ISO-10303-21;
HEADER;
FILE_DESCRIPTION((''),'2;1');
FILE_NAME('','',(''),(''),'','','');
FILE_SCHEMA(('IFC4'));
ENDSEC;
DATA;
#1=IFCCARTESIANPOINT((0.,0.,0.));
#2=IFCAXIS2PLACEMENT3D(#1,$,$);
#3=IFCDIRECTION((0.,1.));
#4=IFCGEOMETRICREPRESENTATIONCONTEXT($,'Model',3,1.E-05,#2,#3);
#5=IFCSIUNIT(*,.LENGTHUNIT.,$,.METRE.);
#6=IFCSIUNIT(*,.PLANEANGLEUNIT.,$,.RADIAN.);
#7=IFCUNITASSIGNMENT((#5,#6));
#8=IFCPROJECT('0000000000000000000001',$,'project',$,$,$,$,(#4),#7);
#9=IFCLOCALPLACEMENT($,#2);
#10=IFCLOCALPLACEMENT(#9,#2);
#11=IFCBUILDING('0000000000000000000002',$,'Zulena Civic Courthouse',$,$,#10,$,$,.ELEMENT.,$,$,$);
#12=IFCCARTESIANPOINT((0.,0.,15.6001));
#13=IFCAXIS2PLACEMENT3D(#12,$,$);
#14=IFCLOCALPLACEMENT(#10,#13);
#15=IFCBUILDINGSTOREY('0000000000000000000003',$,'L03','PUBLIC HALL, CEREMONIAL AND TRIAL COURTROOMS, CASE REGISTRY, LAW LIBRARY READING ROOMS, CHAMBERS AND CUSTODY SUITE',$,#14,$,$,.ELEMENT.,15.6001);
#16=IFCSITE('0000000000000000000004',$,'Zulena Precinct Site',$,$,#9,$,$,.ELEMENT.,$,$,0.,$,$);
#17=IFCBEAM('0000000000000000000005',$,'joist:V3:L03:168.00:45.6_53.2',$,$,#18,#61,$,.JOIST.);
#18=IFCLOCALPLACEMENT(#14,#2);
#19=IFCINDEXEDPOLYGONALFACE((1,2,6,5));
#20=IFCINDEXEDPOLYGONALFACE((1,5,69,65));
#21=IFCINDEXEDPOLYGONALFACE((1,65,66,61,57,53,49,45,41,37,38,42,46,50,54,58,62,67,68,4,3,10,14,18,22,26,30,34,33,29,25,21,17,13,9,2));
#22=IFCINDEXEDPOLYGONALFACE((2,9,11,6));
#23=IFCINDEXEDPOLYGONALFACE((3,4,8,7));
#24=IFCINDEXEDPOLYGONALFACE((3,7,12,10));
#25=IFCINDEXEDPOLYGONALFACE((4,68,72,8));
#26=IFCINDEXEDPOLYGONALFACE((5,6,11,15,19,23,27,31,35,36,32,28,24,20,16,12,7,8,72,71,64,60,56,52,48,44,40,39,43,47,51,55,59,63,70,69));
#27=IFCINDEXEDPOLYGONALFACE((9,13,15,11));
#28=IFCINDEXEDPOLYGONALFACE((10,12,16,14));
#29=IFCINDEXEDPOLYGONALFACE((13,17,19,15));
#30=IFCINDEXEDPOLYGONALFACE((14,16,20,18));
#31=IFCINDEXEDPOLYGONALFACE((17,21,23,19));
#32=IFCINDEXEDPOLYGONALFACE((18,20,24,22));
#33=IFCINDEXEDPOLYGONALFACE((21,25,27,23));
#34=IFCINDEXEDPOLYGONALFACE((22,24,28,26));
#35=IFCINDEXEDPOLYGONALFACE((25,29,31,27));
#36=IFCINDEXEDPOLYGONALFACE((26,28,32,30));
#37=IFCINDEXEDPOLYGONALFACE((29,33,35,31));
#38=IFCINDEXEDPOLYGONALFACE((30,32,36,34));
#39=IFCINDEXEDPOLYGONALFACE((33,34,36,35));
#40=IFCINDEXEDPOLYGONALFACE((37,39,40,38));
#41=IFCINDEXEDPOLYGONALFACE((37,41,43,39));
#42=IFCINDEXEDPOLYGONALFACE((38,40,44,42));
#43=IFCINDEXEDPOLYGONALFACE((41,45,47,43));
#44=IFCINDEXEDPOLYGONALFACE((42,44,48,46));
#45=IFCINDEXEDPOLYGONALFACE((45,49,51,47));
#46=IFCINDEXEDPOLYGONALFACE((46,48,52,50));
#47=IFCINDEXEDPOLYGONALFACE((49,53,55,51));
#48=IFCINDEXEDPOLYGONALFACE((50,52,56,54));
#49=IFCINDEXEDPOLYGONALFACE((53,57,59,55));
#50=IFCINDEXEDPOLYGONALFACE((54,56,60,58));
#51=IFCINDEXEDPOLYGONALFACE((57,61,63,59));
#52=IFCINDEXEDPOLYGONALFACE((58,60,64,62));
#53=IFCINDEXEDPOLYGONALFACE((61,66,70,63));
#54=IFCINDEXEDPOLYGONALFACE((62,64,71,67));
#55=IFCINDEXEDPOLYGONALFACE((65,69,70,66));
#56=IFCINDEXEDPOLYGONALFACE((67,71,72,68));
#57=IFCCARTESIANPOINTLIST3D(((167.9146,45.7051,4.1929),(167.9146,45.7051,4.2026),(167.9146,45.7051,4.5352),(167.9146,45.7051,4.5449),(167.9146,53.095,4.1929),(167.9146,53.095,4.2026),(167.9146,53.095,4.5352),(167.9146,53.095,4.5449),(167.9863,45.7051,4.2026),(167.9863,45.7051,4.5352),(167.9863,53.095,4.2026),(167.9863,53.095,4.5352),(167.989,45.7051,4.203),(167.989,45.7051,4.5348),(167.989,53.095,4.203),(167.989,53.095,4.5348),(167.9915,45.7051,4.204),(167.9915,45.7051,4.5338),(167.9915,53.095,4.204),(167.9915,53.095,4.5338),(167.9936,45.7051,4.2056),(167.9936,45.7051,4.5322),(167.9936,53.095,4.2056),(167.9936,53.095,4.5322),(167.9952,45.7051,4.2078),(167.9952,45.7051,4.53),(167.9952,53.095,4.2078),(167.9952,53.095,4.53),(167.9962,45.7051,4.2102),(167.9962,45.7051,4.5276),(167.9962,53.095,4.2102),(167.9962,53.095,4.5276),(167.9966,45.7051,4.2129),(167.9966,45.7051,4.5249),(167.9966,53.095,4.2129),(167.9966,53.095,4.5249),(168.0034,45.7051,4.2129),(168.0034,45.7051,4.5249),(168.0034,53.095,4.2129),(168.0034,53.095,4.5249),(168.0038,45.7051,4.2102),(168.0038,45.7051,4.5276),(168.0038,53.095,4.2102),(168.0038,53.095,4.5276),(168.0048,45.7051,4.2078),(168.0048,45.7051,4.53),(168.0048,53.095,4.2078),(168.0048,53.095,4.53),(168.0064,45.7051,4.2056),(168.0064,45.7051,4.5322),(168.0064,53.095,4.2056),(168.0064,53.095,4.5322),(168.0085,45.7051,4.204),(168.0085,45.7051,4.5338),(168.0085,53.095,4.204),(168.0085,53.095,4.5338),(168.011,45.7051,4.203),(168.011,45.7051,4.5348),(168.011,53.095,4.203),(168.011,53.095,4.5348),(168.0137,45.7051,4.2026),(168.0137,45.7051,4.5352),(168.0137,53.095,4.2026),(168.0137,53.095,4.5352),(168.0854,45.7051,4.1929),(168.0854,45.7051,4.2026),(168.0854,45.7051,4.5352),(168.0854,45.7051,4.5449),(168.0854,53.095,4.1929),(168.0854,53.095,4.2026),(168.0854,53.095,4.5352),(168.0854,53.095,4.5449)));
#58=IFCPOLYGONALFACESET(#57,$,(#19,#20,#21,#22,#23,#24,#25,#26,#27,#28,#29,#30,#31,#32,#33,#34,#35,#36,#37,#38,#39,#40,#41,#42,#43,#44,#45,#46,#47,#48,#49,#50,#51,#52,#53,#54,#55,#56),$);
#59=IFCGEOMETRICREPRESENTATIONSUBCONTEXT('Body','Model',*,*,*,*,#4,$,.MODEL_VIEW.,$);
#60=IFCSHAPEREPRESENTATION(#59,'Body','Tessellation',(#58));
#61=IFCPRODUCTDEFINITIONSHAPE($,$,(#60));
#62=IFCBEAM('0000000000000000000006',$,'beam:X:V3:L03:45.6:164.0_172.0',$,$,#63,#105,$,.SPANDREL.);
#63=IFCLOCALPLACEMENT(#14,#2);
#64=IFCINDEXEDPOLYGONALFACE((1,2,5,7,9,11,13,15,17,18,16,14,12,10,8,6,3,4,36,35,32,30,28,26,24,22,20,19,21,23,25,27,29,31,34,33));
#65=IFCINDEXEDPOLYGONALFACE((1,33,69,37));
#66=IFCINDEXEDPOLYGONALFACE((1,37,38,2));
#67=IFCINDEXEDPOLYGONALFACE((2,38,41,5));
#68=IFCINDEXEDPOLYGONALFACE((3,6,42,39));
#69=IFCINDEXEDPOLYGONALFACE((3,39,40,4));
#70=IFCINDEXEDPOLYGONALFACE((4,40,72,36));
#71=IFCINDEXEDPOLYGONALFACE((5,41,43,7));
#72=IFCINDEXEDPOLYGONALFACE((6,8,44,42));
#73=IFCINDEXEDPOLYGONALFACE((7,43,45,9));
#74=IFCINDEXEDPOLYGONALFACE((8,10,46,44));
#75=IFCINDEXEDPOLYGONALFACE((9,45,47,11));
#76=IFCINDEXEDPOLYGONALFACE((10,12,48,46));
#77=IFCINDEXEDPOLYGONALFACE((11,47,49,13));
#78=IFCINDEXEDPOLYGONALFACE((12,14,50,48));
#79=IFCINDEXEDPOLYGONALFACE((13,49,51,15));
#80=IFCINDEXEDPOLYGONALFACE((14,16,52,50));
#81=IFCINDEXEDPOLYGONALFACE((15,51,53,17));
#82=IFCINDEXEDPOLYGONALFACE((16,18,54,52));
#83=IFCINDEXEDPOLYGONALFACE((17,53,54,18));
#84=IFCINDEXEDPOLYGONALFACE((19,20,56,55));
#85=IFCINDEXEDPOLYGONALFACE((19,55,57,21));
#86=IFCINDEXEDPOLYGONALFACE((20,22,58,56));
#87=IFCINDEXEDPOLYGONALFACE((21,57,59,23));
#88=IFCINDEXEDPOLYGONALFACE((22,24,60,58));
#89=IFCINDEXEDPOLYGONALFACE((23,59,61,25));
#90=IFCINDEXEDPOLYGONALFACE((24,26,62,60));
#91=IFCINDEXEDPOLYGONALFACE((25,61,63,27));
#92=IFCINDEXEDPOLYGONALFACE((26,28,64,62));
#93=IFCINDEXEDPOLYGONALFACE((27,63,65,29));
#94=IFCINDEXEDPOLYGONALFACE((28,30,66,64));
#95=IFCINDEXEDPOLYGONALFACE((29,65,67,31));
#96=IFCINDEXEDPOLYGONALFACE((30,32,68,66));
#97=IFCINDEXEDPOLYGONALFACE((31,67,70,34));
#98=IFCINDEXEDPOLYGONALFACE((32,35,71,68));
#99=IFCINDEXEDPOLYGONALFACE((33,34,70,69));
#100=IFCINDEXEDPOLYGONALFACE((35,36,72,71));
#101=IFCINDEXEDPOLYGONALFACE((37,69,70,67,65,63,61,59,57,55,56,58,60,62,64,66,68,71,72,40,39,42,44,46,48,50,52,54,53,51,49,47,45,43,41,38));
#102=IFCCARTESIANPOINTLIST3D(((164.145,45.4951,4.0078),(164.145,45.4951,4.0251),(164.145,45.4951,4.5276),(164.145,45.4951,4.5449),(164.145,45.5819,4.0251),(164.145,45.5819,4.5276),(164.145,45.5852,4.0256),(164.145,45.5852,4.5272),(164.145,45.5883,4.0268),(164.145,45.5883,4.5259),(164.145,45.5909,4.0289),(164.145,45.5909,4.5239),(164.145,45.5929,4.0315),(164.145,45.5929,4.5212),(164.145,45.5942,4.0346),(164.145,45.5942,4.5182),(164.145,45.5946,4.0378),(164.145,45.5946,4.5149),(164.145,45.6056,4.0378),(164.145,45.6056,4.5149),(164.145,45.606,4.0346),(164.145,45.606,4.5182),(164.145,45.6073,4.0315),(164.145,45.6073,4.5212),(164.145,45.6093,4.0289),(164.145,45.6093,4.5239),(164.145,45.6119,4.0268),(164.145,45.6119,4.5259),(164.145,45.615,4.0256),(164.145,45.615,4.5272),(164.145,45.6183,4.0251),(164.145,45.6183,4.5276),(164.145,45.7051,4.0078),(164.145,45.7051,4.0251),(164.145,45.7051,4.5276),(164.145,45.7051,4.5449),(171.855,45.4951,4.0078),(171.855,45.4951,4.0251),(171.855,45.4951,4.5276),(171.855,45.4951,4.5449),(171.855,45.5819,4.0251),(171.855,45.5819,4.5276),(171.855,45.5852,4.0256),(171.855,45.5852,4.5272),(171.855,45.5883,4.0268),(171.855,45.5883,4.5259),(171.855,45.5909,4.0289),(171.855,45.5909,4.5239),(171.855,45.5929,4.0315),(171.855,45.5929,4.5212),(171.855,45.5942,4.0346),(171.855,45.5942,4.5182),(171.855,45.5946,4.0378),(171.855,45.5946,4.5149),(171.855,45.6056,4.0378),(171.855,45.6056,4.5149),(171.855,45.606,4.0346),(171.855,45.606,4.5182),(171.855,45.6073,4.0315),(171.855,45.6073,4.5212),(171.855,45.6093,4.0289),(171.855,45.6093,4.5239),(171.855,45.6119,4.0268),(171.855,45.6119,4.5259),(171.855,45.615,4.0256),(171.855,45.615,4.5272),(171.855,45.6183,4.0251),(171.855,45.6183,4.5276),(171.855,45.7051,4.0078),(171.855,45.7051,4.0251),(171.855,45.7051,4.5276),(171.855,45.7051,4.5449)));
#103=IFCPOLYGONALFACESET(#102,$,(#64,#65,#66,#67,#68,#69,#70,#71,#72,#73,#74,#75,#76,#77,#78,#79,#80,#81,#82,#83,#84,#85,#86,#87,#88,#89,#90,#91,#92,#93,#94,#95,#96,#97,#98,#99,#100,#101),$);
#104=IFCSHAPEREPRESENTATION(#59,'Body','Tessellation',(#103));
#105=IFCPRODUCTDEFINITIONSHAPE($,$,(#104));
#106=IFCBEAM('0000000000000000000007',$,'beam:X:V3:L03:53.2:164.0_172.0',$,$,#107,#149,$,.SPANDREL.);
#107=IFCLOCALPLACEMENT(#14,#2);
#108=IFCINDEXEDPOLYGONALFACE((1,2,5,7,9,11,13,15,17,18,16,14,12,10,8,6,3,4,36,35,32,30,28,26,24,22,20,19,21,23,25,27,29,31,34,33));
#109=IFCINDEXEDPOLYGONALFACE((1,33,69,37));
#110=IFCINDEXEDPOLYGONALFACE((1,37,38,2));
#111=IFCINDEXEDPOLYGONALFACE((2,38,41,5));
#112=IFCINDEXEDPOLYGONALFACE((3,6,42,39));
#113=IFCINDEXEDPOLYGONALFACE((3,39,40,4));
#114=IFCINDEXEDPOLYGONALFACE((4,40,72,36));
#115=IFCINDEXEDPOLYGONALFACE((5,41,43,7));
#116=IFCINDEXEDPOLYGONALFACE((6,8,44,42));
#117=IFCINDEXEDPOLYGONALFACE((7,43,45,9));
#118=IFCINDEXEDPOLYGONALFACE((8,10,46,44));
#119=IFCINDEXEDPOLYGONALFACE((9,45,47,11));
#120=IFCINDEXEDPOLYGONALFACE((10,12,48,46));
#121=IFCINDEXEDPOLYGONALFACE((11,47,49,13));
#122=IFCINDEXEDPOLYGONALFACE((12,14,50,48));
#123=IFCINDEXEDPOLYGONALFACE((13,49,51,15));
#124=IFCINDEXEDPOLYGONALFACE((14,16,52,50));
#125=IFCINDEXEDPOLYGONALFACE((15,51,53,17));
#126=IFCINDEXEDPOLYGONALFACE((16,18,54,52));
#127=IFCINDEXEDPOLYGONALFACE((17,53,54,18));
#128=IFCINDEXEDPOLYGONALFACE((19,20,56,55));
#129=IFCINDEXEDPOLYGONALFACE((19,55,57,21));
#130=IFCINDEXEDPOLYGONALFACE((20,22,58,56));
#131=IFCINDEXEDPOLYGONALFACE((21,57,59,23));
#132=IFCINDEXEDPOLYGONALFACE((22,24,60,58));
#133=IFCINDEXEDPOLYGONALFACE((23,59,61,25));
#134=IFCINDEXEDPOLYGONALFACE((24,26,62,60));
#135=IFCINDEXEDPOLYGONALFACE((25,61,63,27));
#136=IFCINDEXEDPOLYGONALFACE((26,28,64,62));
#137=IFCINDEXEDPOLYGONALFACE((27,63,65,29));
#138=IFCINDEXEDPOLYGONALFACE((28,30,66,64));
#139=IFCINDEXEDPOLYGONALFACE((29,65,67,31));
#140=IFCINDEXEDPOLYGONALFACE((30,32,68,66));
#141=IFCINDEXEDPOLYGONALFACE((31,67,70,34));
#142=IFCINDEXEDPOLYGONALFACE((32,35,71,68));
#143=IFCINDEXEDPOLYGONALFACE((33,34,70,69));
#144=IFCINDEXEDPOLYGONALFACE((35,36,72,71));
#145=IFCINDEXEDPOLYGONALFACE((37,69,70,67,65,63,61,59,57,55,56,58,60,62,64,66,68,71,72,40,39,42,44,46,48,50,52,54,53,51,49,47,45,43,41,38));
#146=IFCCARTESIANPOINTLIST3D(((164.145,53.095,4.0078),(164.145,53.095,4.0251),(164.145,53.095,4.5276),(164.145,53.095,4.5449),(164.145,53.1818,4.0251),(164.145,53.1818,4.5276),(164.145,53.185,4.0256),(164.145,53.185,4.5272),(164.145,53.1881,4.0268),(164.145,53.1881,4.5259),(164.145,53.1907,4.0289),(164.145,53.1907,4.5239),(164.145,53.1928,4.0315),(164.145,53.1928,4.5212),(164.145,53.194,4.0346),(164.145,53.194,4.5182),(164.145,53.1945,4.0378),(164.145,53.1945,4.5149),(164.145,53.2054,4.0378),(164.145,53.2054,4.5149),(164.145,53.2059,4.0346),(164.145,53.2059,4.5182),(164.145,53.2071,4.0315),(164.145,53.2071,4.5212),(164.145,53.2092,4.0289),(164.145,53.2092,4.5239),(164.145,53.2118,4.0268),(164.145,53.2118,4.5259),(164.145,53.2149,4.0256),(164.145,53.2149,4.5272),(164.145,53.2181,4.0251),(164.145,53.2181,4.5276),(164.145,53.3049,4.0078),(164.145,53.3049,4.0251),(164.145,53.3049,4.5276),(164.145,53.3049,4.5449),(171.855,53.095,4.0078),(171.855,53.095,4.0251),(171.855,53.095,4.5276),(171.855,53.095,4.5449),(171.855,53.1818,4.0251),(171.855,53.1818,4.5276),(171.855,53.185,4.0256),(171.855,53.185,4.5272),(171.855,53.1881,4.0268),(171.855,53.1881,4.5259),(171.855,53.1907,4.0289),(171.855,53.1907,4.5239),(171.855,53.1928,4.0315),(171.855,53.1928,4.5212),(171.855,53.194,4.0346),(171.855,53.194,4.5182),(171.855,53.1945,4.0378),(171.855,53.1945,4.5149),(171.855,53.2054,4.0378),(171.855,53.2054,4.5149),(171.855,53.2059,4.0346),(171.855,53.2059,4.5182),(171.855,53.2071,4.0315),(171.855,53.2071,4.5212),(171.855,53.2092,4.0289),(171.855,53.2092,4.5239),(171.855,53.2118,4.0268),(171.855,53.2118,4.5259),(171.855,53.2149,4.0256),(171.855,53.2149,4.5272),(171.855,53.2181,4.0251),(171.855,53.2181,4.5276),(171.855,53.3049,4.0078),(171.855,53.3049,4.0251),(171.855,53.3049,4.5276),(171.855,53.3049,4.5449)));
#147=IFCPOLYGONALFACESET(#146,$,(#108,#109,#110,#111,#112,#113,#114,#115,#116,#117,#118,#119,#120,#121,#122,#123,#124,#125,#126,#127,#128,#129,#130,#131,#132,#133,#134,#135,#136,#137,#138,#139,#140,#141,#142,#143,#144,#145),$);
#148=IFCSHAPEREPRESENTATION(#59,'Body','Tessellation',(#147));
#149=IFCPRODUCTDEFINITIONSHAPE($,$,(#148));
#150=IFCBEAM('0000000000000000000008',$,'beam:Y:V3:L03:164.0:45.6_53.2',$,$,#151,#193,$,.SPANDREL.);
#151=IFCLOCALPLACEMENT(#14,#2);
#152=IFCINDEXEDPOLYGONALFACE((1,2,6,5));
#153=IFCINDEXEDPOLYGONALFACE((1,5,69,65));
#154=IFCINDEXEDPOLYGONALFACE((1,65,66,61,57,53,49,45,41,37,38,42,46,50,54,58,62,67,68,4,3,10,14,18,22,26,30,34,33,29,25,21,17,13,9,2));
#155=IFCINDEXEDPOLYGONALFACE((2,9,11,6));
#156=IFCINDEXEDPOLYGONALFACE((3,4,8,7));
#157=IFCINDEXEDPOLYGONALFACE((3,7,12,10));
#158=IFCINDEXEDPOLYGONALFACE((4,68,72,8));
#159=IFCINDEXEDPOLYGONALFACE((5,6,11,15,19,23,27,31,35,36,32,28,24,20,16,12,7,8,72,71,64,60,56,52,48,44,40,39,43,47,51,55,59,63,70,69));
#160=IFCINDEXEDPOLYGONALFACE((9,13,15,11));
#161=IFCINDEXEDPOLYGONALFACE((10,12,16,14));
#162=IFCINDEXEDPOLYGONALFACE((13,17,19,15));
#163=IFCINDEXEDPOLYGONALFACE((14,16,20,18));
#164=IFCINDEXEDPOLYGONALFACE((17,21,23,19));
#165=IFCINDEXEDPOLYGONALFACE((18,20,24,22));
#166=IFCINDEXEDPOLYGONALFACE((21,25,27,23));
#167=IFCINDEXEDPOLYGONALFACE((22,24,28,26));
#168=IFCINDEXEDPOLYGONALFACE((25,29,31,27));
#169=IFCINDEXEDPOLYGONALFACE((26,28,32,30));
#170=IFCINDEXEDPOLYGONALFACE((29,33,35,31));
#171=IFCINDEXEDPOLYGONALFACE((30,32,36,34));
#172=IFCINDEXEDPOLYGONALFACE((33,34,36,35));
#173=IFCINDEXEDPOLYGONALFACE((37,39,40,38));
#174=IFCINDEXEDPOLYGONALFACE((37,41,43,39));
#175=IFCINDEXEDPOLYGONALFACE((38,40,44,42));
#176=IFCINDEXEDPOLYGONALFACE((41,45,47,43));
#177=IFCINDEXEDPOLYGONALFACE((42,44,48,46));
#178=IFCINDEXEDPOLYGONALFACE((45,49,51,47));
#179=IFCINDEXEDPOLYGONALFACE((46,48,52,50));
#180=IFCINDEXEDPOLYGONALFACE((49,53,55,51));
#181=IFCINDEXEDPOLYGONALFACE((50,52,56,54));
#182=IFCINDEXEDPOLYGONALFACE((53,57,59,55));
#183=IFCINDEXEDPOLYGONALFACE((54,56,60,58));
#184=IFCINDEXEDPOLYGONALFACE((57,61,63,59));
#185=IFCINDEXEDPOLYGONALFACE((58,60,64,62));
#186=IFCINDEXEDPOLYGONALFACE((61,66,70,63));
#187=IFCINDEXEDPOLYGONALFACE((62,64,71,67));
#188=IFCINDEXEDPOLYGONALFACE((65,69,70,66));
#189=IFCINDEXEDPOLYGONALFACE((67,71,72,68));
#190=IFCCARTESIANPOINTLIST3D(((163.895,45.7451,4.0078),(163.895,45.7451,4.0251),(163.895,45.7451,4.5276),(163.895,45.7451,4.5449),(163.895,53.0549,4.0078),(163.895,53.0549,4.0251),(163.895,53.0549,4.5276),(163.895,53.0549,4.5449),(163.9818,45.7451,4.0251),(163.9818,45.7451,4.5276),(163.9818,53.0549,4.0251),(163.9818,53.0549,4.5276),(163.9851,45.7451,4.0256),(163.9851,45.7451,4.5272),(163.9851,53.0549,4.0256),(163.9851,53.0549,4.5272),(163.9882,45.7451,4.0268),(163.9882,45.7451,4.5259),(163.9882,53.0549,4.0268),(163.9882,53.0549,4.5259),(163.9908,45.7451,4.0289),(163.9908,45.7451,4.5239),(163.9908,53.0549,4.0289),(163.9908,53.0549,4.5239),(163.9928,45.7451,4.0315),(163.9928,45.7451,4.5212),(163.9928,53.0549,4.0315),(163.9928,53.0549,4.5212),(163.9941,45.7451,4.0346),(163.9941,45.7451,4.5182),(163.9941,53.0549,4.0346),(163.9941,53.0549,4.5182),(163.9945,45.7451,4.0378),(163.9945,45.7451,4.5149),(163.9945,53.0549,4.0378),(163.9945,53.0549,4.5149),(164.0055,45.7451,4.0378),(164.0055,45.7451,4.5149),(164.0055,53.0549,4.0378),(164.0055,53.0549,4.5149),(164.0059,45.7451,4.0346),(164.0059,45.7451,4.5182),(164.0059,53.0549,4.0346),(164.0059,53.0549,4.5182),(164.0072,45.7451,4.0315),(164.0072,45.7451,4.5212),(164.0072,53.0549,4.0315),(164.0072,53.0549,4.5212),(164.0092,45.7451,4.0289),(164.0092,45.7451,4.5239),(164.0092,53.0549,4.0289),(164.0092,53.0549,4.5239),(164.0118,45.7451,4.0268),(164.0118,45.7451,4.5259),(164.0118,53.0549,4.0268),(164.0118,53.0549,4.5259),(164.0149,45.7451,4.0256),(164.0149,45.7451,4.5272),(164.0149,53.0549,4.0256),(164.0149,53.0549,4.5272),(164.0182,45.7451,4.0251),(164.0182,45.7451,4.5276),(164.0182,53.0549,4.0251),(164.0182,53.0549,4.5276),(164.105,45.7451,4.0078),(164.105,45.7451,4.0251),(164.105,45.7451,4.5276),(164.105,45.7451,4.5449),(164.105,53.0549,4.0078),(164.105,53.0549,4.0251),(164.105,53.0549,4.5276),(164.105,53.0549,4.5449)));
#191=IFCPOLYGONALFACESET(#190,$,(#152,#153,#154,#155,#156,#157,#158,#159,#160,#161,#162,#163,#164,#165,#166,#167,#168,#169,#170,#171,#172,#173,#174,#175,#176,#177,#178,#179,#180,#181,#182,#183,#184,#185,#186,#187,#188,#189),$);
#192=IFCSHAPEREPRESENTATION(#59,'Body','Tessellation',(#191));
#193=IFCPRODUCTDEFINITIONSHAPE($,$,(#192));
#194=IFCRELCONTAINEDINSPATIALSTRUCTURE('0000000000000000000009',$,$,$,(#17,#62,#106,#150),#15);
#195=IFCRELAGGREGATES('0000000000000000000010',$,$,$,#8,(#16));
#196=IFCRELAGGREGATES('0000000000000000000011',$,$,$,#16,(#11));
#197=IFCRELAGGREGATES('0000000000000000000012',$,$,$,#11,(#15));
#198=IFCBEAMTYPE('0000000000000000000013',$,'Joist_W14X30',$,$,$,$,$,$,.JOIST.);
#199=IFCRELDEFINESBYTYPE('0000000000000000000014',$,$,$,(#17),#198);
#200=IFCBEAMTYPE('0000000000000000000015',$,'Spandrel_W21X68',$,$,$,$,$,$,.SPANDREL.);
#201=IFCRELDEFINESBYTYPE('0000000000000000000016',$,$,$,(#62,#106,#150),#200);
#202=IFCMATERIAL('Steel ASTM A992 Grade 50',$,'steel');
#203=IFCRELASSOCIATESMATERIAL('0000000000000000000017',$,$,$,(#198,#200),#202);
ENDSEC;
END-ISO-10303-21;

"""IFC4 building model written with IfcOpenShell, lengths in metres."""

from ifc_helpers import new_model, si_unit, direction, frame, origin, origin_2d, place, context, subcontext, project, spatial, i_section, extrude, material, material_profile, profile_set, type_object, element, save


model = new_model("IFC4")

# Units and contexts
model_context = context("Model", 3, precision=1e-05, world=origin(), true_north=direction((0.0, 1.0)))
body_context = subcontext(model_context, "Body", "Model", "MODEL_VIEW")
ifc_project = project(units=[si_unit("LENGTHUNIT", "METRE"), si_unit("PLANEANGLEUNIT", "RADIAN")], contexts=[model_context])

# Site, building, storey
site_placement = place(None, origin())
site = spatial("IfcSite", under=ifc_project, at=site_placement, Name="Zulena Precinct Site", CompositionType="ELEMENT", RefElevation=0.0)
building_placement = place(site_placement, origin())
building = spatial("IfcBuilding", under=site, at=building_placement, Name="Zulena Civic Courthouse", CompositionType="ELEMENT")
storey_placement = place(building_placement, frame((0.0, 0.0, 15.6001)))
storey = spatial("IfcBuildingStorey", under=building, at=storey_placement, Name="L03", Description="PUBLIC HALL, CEREMONIAL AND TRIAL COURTROOMS, CASE REGISTRY, LAW LIBRARY READING ROOMS, CHAMBERS AND CUSTODY SUITE", CompositionType="ELEMENT", Elevation=15.6001)

# Shared definitions
ifc_material_1 = material(Name="Steel ASTM A992 Grade 50", Category="steel")

# Beams
ifc_material_profile_1 = material_profile(ifc_material_1, i_section(OverallWidth=0.1709, OverallDepth=0.3521, WebThickness=0.0068, FlangeThickness=0.0098, FilletRadius=0.0103, at=origin_2d()), Name="W14X30")
ifc_profile_set_1 = profile_set([ifc_material_profile_1], Name="Steel ASTM A992 Grade 50")
beam_type_1 = type_object("IfcBeamType", Name="Joist_W14X30", PredefinedType="JOIST", material=ifc_profile_set_1)
beam_placement = place(storey_placement, frame((168.0, 45.7051, 4.3689), z_axis=(0.0, 1.0, 0.0), x_axis=(-1.0, 0.0, 0.0)))
element("IfcBeam", 1, at=beam_placement, inside=storey, type_object=beam_type_1, Name="joist:V3:L03:168.00:45.6_53.2", PredefinedType="JOIST", context=body_context, shape_type="SweptSolid", body=[
    extrude(i_section(OverallWidth=0.1709, OverallDepth=0.3521, WebThickness=0.0068, FlangeThickness=0.0098, FilletRadius=0.0103, at=origin_2d()), origin(), (0.0, 0.0, 1.0), 7.3899),
])
ifc_material_profile_2 = material_profile(ifc_material_1, i_section(OverallWidth=0.21, OverallDepth=0.5371, WebThickness=0.011, FlangeThickness=0.0173, FilletRadius=0.0127, at=origin_2d()), Name="W21X68")
ifc_profile_set_2 = profile_set([ifc_material_profile_2], Name="Steel ASTM A992 Grade 50")
beam_type_2 = type_object("IfcBeamType", Name="Spandrel_W21X68", PredefinedType="SPANDREL", material=ifc_profile_set_2)
for number, where, z_axis, x_axis, name in (
    (2, (164.145, 45.6001, 4.2764), (1.0, 0.0, 0.0), (0.0, 1.0, 0.0), "beam:X:V3:L03:45.6:164.0_172.0"),
    (3, (164.145, 53.2, 4.2764), (1.0, 0.0, 0.0), (0.0, 1.0, 0.0), "beam:X:V3:L03:53.2:164.0_172.0"),
):
    element("IfcBeam", number, at=place(storey_placement, frame(where, z_axis=z_axis, x_axis=x_axis)), inside=storey, type_object=beam_type_2, Name=name, PredefinedType="SPANDREL", context=body_context, shape_type="SweptSolid", body=[
        extrude(i_section(OverallWidth=0.21, OverallDepth=0.5371, WebThickness=0.011, FlangeThickness=0.0173, FilletRadius=0.0127, at=origin_2d()), origin(), (0.0, 0.0, 1.0), 7.71),
    ])
for number, where, z_axis, x_axis, name in (
    (4, (164.0, 45.7451, 4.2764), (0.0, 1.0, 0.0), (-1.0, 0.0, 0.0), "beam:Y:V3:L03:164.0:45.6_53.2"),
):
    element("IfcBeam", number, at=place(storey_placement, frame(where, z_axis=z_axis, x_axis=x_axis)), inside=storey, type_object=beam_type_2, Name=name, PredefinedType="SPANDREL", context=body_context, shape_type="SweptSolid", body=[
        extrude(i_section(OverallWidth=0.21, OverallDepth=0.5371, WebThickness=0.011, FlangeThickness=0.0173, FilletRadius=0.0127, at=origin_2d()), origin(), (0.0, 0.0, 1.0), 7.3098),
    ])

save(model, "model.ifc")
